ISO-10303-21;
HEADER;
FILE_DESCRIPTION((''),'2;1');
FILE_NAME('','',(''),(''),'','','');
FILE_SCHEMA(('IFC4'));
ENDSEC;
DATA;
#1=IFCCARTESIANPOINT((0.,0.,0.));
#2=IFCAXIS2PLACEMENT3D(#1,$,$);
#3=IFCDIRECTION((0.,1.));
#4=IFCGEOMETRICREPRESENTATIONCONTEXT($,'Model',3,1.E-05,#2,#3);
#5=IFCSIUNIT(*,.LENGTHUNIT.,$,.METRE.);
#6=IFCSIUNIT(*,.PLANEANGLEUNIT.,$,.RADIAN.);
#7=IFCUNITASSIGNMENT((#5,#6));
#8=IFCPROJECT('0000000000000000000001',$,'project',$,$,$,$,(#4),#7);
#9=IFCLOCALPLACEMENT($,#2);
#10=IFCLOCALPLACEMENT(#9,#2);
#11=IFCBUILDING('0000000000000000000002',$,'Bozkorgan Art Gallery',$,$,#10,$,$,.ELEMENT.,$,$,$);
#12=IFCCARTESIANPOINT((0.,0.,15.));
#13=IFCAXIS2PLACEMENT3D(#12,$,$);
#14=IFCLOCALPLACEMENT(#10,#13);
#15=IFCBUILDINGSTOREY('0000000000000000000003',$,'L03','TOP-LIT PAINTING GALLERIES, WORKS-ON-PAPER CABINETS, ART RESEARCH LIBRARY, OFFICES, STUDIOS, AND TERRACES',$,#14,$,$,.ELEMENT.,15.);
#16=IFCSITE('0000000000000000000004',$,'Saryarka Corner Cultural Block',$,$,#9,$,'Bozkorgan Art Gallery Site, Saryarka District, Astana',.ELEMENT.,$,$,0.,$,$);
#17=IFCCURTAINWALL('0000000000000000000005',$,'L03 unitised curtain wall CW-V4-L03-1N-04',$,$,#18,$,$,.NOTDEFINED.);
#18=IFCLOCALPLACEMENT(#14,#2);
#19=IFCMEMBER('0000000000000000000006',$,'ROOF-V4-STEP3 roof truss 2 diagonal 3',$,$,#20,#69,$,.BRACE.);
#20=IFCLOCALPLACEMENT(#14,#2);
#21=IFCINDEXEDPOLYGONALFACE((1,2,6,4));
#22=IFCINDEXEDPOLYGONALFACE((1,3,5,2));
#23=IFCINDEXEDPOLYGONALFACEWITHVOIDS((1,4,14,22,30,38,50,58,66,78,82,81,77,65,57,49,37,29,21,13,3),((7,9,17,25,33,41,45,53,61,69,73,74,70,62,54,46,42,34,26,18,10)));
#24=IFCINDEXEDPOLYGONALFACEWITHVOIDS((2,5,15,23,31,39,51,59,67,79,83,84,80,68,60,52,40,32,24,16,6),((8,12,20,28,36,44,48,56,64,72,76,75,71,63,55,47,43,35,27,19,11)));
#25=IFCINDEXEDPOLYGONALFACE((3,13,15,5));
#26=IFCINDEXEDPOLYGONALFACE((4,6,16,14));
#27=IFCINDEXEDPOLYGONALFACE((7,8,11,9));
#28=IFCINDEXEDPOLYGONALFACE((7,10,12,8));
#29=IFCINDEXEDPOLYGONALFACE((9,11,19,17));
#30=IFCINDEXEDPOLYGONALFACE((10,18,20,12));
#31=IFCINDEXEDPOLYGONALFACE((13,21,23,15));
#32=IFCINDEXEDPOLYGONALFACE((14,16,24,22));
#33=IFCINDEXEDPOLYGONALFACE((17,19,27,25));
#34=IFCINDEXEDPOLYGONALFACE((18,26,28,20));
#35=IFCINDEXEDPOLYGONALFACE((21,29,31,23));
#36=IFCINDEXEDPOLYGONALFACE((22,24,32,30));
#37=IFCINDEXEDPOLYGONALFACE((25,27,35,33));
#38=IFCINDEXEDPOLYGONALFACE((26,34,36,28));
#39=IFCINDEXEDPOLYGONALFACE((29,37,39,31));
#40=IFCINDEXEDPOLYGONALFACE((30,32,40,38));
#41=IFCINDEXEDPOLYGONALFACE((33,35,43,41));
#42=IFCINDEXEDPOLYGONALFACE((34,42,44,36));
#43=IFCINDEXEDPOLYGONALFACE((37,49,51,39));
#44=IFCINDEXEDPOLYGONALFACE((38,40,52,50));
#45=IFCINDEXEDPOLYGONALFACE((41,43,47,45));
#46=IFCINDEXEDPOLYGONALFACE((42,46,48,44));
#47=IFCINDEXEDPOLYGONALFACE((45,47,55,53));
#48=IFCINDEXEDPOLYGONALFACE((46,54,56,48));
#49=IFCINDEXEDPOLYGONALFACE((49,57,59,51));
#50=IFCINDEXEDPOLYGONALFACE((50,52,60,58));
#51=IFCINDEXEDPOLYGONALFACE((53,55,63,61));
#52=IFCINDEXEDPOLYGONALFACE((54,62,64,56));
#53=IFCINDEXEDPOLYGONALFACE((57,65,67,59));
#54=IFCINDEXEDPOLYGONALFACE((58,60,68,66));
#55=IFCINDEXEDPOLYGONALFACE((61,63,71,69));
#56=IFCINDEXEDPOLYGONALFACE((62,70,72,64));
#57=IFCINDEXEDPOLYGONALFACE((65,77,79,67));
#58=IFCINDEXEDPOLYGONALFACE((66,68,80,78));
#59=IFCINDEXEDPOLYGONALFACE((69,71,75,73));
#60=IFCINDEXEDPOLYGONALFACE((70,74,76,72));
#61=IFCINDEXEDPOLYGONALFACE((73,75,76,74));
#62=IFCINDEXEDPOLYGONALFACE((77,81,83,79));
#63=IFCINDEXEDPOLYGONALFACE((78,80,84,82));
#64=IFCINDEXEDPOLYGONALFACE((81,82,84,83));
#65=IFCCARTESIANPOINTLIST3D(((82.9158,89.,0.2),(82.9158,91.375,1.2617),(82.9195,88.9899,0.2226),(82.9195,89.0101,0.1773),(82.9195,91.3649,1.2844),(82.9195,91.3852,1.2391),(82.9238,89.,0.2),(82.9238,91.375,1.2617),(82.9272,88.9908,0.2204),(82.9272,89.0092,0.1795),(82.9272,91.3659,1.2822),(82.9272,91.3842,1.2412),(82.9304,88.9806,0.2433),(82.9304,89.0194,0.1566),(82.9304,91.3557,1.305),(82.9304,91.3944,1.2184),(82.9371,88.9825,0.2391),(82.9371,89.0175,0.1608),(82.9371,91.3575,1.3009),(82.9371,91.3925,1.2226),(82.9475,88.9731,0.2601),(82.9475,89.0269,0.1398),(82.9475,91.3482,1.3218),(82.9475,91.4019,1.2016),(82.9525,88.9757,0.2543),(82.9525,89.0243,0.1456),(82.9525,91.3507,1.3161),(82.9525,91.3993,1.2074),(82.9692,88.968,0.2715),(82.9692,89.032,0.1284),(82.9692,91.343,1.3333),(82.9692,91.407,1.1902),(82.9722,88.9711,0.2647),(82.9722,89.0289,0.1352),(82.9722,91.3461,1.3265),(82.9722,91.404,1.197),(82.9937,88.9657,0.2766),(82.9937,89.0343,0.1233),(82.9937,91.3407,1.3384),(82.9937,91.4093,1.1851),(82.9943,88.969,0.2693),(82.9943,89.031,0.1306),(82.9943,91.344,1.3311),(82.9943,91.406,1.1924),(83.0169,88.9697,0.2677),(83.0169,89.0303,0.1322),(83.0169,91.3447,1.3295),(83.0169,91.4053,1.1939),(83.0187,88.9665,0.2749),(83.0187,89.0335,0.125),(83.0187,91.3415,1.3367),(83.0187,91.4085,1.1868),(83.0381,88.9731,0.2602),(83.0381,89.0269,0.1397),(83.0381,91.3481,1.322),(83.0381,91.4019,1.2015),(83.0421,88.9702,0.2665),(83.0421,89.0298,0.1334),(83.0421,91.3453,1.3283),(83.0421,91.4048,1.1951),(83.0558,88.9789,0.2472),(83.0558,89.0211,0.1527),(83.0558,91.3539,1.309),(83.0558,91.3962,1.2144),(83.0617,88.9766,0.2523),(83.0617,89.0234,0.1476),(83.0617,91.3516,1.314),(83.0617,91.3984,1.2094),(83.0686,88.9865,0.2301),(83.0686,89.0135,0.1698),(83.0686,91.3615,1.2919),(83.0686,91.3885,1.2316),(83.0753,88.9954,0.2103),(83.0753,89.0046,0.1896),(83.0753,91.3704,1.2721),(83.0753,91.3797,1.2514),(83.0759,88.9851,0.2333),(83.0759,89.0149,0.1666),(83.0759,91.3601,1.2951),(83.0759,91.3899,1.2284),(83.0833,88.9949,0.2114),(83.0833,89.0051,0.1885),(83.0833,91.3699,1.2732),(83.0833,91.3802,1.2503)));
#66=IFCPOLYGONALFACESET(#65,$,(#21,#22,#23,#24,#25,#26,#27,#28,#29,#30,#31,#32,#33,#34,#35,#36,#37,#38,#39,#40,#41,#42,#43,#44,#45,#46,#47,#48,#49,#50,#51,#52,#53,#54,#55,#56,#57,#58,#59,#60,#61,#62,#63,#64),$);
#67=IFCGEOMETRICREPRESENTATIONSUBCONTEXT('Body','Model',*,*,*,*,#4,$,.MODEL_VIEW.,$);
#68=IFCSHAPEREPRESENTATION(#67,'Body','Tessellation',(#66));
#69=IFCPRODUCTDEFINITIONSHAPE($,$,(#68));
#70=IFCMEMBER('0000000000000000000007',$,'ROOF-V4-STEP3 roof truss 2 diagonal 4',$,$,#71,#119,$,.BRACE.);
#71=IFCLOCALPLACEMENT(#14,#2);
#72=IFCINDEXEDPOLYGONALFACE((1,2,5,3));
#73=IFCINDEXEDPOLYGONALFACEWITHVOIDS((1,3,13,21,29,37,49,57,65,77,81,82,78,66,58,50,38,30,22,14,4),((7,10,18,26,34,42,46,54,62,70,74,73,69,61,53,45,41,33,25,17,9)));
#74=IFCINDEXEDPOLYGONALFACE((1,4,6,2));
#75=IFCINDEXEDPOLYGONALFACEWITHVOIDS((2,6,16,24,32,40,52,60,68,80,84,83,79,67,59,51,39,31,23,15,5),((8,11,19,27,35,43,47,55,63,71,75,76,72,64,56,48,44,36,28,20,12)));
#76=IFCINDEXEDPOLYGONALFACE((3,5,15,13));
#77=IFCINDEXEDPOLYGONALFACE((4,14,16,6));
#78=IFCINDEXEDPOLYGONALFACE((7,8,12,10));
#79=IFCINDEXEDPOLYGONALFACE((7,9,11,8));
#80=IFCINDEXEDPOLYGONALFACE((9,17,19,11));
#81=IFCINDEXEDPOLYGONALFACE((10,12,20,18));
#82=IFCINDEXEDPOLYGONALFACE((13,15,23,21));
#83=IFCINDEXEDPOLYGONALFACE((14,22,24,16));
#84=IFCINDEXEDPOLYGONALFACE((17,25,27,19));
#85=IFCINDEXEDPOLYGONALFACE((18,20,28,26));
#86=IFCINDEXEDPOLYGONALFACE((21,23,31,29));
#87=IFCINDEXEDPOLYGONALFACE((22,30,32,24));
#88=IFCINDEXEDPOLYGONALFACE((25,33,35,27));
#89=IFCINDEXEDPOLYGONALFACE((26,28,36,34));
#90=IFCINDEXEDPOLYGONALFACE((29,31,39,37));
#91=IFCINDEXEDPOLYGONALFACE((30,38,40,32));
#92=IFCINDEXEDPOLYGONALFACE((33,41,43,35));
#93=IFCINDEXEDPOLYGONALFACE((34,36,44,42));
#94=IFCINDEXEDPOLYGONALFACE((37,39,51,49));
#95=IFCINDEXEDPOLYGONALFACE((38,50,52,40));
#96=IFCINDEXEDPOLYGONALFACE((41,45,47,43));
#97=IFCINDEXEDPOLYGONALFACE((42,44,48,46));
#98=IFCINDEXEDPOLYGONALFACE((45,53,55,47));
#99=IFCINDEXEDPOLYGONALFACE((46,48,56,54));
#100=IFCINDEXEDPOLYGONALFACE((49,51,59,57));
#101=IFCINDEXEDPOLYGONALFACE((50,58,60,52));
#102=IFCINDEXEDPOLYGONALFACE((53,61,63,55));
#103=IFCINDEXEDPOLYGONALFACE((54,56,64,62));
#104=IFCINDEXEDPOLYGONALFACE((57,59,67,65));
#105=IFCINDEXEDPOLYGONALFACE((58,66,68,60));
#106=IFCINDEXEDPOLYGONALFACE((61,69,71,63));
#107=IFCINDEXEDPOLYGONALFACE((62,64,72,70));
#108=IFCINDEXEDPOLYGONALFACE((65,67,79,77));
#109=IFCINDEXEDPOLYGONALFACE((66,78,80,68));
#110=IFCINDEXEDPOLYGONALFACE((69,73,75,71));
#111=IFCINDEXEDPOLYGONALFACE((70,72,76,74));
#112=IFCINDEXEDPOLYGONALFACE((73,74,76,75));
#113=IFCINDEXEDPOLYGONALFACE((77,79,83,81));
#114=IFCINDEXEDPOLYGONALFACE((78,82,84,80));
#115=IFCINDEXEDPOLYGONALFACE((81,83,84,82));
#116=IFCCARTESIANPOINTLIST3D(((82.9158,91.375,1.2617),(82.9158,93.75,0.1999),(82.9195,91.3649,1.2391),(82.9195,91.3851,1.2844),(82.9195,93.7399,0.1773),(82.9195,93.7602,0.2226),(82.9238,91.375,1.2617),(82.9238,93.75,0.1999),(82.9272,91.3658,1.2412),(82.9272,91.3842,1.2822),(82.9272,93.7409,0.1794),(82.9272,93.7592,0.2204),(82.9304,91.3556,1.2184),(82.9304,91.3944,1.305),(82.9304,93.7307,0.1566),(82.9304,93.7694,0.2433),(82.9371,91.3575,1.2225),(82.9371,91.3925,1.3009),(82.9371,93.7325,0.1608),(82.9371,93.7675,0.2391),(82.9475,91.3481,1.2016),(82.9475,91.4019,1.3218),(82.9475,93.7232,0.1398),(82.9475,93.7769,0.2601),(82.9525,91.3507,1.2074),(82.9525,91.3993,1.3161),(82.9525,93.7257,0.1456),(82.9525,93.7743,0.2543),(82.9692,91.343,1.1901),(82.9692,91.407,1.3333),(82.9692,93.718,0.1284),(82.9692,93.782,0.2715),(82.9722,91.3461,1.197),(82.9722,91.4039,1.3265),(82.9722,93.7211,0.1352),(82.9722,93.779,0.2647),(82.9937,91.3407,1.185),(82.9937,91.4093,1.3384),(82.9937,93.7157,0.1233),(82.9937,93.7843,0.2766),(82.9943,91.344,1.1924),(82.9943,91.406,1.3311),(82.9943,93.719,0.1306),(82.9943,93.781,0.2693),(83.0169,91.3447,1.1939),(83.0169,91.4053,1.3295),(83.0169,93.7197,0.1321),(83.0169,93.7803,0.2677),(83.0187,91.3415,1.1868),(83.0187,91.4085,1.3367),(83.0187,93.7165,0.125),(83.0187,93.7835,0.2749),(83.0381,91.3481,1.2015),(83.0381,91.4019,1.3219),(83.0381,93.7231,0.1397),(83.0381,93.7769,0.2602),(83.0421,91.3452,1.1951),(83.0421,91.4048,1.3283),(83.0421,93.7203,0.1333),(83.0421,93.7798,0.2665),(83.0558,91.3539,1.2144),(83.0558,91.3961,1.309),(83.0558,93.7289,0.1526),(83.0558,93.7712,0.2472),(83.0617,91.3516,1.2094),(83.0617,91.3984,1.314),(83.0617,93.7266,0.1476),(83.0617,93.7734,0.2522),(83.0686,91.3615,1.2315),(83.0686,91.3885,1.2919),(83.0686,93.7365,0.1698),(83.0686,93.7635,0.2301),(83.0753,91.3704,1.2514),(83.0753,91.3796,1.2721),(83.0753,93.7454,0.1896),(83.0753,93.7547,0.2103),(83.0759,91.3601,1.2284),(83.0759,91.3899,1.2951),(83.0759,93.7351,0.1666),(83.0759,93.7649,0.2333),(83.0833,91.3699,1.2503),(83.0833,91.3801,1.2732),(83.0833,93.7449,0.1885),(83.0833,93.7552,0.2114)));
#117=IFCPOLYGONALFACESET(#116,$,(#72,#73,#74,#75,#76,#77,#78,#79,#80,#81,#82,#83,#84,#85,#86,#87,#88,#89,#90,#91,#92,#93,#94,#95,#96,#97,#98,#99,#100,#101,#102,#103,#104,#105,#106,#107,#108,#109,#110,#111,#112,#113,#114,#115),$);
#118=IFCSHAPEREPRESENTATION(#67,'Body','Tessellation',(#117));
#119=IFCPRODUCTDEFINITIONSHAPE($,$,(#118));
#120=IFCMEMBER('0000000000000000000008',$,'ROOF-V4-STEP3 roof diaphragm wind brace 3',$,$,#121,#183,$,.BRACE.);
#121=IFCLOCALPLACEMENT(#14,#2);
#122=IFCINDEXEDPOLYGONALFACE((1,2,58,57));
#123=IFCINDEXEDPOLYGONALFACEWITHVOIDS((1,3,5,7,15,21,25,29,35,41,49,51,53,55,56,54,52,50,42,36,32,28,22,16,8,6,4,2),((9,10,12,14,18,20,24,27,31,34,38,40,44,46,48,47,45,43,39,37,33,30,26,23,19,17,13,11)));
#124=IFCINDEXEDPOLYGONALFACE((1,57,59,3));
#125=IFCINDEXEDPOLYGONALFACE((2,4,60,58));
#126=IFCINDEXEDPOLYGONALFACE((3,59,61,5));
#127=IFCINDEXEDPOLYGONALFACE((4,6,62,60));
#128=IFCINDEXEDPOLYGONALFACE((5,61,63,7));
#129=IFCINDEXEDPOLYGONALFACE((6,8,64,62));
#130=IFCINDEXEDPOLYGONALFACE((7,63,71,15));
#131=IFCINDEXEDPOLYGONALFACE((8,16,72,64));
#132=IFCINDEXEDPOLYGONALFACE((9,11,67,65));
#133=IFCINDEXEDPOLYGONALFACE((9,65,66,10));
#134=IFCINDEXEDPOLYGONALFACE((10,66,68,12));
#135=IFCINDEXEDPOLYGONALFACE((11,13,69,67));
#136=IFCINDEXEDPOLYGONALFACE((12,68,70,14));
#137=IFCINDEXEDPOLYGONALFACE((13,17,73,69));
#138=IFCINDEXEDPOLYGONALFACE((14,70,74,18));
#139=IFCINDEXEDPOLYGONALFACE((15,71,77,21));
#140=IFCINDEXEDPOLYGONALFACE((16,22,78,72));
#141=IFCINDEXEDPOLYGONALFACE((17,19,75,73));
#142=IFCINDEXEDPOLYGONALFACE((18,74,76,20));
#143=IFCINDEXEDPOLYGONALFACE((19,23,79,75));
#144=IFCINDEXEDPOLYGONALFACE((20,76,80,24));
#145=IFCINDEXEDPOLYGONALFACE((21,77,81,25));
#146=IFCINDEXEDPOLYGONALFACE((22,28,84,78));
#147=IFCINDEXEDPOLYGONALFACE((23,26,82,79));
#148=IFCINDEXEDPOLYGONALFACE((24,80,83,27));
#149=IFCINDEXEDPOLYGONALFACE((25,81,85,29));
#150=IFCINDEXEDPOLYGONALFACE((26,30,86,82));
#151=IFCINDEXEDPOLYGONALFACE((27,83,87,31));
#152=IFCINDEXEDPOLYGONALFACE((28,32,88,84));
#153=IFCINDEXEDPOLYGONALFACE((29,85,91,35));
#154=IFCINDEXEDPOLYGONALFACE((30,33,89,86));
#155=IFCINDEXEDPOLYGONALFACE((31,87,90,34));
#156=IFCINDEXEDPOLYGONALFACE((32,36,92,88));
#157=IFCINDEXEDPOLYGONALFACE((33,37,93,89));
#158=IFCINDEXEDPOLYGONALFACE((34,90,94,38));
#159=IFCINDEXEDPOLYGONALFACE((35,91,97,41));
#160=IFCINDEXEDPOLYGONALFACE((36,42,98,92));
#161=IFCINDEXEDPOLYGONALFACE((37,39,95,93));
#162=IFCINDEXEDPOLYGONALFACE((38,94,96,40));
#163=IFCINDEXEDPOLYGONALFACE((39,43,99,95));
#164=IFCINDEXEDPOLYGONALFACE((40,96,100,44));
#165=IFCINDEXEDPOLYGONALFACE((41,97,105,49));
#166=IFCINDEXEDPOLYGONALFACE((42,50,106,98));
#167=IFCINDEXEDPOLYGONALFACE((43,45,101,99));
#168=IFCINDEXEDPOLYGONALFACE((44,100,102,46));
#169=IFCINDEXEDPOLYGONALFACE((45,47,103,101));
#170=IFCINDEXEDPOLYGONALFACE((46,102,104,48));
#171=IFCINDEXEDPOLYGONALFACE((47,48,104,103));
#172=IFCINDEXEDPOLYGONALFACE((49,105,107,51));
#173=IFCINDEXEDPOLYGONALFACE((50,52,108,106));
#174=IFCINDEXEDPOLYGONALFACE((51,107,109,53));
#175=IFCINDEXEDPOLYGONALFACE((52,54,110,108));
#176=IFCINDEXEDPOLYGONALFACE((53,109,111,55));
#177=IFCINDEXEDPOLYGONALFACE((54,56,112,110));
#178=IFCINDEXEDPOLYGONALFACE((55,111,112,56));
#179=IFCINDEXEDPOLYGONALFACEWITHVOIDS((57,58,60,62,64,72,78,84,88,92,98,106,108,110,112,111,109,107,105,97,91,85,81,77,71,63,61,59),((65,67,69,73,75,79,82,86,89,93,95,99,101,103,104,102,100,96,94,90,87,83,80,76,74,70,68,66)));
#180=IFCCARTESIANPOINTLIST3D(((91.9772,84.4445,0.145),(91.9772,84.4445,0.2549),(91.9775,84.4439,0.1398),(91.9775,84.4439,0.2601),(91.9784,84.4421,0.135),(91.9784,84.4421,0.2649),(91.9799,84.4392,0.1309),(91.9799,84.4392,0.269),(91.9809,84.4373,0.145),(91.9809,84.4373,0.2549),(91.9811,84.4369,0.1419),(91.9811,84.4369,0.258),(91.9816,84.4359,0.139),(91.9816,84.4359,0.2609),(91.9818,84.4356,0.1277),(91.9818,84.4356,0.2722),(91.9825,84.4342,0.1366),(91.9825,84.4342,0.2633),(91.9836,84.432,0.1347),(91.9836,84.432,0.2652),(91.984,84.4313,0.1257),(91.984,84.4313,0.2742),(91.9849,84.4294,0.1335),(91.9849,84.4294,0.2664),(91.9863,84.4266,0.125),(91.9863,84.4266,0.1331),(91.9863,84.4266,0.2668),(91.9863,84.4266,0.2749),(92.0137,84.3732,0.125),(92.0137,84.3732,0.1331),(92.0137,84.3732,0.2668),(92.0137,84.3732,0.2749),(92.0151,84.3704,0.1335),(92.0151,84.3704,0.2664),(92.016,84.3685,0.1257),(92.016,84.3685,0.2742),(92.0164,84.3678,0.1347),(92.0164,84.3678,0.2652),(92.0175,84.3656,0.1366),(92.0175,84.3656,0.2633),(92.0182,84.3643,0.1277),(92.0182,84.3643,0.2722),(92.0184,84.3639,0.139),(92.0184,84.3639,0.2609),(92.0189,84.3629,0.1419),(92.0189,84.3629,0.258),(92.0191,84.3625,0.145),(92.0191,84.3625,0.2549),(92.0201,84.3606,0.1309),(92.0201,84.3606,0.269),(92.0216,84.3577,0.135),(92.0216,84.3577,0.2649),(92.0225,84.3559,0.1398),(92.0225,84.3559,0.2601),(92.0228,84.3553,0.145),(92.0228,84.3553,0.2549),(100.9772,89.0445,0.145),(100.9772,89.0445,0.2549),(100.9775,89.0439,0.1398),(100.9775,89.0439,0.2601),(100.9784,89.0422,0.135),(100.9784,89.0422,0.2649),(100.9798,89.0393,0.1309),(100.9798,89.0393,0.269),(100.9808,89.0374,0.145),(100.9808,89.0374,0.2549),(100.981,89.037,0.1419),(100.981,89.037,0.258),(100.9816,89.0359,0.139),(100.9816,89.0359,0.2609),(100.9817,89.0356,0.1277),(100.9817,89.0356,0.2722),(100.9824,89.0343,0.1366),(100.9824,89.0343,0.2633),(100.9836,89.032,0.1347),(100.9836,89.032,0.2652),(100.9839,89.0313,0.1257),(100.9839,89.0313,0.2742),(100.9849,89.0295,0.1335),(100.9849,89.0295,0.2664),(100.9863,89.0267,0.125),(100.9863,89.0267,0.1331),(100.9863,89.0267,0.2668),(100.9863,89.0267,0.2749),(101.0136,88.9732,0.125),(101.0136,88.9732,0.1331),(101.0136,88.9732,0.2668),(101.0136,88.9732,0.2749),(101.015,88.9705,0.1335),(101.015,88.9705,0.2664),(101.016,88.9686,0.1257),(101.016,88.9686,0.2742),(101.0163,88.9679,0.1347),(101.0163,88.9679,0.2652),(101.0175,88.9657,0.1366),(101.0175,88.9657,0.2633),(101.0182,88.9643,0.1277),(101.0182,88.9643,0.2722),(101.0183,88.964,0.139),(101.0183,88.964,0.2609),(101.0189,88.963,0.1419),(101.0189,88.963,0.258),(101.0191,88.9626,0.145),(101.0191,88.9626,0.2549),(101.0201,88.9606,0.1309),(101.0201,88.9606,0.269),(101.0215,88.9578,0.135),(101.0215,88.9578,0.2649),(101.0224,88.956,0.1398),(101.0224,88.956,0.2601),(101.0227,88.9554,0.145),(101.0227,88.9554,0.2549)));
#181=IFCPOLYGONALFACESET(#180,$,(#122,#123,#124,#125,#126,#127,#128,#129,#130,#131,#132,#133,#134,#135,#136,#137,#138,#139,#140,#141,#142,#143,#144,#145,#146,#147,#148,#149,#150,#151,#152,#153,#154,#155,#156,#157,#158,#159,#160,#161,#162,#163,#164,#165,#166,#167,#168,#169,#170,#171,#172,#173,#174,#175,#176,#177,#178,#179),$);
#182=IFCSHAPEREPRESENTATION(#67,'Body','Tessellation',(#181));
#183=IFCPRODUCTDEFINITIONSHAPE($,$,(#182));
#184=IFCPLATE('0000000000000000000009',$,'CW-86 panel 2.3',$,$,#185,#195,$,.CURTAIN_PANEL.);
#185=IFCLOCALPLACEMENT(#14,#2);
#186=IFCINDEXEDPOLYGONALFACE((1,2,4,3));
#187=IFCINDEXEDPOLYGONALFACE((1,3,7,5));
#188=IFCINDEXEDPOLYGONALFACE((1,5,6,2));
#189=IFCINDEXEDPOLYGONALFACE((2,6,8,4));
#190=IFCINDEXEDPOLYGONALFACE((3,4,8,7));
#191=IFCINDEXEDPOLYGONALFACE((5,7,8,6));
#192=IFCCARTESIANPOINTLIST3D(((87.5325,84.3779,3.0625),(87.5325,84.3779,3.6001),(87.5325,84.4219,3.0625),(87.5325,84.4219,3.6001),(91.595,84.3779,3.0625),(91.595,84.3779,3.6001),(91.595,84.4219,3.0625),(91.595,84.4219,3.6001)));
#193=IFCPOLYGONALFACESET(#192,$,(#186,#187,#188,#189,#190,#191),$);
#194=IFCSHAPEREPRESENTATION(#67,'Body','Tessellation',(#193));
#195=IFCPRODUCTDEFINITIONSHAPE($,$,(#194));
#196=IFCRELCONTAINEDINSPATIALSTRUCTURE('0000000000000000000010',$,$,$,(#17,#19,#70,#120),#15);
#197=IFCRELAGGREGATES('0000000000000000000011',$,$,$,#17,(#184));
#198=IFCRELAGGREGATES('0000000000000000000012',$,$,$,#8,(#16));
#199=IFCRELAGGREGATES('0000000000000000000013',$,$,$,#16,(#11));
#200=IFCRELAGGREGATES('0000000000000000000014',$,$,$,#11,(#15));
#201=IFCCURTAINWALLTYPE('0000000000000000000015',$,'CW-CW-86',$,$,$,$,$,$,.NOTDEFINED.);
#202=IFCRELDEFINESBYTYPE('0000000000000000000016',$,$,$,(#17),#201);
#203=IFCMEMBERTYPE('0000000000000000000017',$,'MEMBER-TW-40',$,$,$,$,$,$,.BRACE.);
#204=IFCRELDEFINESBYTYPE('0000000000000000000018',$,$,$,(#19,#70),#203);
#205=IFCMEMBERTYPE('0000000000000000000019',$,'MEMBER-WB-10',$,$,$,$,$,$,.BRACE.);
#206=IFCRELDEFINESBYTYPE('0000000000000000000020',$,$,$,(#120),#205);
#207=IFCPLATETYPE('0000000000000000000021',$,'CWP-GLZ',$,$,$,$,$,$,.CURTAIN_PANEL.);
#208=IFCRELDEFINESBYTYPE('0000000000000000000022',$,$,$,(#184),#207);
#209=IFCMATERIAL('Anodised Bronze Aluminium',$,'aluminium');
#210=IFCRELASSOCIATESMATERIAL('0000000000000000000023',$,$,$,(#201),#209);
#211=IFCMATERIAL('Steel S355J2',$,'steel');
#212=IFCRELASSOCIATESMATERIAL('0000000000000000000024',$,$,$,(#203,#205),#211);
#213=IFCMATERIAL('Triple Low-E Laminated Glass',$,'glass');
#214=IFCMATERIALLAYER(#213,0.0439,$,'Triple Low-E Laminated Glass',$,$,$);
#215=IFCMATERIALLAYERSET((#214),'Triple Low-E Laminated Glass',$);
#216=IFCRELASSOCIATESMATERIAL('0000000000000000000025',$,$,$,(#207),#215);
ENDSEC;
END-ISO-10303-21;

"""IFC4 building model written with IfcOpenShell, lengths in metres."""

from ifc_helpers import new_model, si_unit, direction, frame, origin, origin_2d, place, context, subcontext, project, spatial, rectangle, hollow_rectangle, hollow_circle, extrude, material, layer, layer_set, material_profile, profile_set, type_object, element, aggregate, save


model = new_model("IFC4")

# Units and contexts
model_context = context("Model", 3, precision=1e-05, world=origin(), true_north=direction((0.0, 1.0)))
body_context = subcontext(model_context, "Body", "Model", "MODEL_VIEW")
ifc_project = project(units=[si_unit("LENGTHUNIT", "METRE"), si_unit("PLANEANGLEUNIT", "RADIAN")], contexts=[model_context])

# Site, building, storey
site_placement = place(None, origin())
site = spatial("IfcSite", under=ifc_project, at=site_placement, Name="Saryarka Corner Cultural Block", LongName="Bozkorgan Art Gallery Site, Saryarka District, Astana", CompositionType="ELEMENT", RefElevation=0.0)
building_placement = place(site_placement, origin())
building = spatial("IfcBuilding", under=site, at=building_placement, Name="Bozkorgan Art Gallery", CompositionType="ELEMENT")
storey_placement = place(building_placement, frame((0.0, 0.0, 15.0)))
storey = spatial("IfcBuildingStorey", under=building, at=storey_placement, Name="L03", Description="TOP-LIT PAINTING GALLERIES, WORKS-ON-PAPER CABINETS, ART RESEARCH LIBRARY, OFFICES, STUDIOS, AND TERRACES", CompositionType="ELEMENT", Elevation=15.0)

# Shared definitions
ifc_material_1 = material(Name="Steel S355J2", Category="steel")

# Curtain wall
ifc_material_2 = material(Name="Anodised Bronze Aluminium", Category="aluminium")
curtain_wall_type = type_object("IfcCurtainWallType", Name="CW-CW-86", PredefinedType="NOTDEFINED", material=ifc_material_2)
curtain_wall_placement = place(storey_placement, origin())
curtain_wall = element("IfcCurtainWall", 1, at=curtain_wall_placement, inside=storey, type_object=curtain_wall_type, Name="L03 unitised curtain wall CW-V4-L03-1N-04", PredefinedType="NOTDEFINED")

# Members
ifc_material_profile_1 = material_profile(ifc_material_1, hollow_circle(Radius=0.0842, WallThickness=0.0081, at=origin_2d()), Name="CHS 168.3x8")
ifc_profile_set_1 = profile_set([ifc_material_profile_1], Name="Steel S355J2")
member_type_1 = type_object("IfcMemberType", Name="MEMBER-TW-40", PredefinedType="BRACE", material=ifc_profile_set_1)
for number, where, z_axis, x_axis, name in (
    (2, (83.0, 89.0, 0.2), (0.0, 0.912923, 0.408131), (-1.0, 0.0, 0.0), "ROOF-V4-STEP3 roof truss 2 diagonal 3"),
    (3, (83.0, 91.375, 1.2617), (0.0, 0.912923, -0.408131), (-1.0, 0.0, 0.0), "ROOF-V4-STEP3 roof truss 2 diagonal 4"),
):
    element("IfcMember", number, at=place(storey_placement, frame(where, z_axis=z_axis, x_axis=x_axis)), inside=storey, type_object=member_type_1, Name=name, PredefinedType="BRACE", context=body_context, shape_type="SweptSolid", body=[
        extrude(hollow_circle(Radius=0.0842, WallThickness=0.0081, at=origin_2d()), origin(), (0.0, 0.0, 1.0), 2.6016),
    ])
ifc_material_profile_2 = material_profile(ifc_material_1, hollow_rectangle(XDim=0.1001, YDim=0.1499, WallThickness=0.0081, InnerFilletRadius=0.012, OuterFilletRadius=0.02, at=origin_2d()), Name="RHS 150x100x8")
ifc_profile_set_2 = profile_set([ifc_material_profile_2], Name="Steel S355J2")
member_type_2 = type_object("IfcMemberType", Name="MEMBER-WB-10", PredefinedType="BRACE", material=ifc_profile_set_2)
member_1_placement = place(storey_placement, frame((92.0, 84.3999, 0.2), z_axis=(0.890431, 0.455119, 0.0), x_axis=(-0.455119, 0.890431, 0.0)))
element("IfcMember", 4, at=member_1_placement, inside=storey, type_object=member_type_2, Name="ROOF-V4-STEP3 roof diaphragm wind brace 3", PredefinedType="BRACE", context=body_context, shape_type="SweptSolid", body=[
    extrude(hollow_rectangle(XDim=0.1001, YDim=0.1499, WallThickness=0.0081, InnerFilletRadius=0.012, OuterFilletRadius=0.02, at=origin_2d()), origin(), (0.0, 0.0, 1.0), 10.1074),
])

# Plate
ifc_material_3 = material(Name="Triple Low-E Laminated Glass", Category="glass")
ifc_layer_1 = layer(ifc_material_3, 0.0439, Name="Triple Low-E Laminated Glass")
ifc_layer_set_1 = layer_set([ifc_layer_1], Name="Triple Low-E Laminated Glass")
plate_type_1 = type_object("IfcPlateType", Name="CWP-GLZ", PredefinedType="CURTAIN_PANEL", material=ifc_layer_set_1)
plate_1_placement = place(storey_placement, frame((89.5637, 84.3999, 3.0625), z_axis=(0.0, 0.0, 1.0), x_axis=(1.0, 0.0, 0.0)))
plate_1 = element("IfcPlate", 5, at=plate_1_placement, type_object=plate_type_1, Name="CW-86 panel 2.3", PredefinedType="CURTAIN_PANEL", context=body_context, shape_type="SweptSolid", body=[
    extrude(rectangle(XDim=4.0625, YDim=0.0439, at=origin_2d()), origin(), (0.0, 0.0, 1.0), 0.5376),
])
aggregate(curtain_wall, [plate_1])

save(model, "model.ifc")
